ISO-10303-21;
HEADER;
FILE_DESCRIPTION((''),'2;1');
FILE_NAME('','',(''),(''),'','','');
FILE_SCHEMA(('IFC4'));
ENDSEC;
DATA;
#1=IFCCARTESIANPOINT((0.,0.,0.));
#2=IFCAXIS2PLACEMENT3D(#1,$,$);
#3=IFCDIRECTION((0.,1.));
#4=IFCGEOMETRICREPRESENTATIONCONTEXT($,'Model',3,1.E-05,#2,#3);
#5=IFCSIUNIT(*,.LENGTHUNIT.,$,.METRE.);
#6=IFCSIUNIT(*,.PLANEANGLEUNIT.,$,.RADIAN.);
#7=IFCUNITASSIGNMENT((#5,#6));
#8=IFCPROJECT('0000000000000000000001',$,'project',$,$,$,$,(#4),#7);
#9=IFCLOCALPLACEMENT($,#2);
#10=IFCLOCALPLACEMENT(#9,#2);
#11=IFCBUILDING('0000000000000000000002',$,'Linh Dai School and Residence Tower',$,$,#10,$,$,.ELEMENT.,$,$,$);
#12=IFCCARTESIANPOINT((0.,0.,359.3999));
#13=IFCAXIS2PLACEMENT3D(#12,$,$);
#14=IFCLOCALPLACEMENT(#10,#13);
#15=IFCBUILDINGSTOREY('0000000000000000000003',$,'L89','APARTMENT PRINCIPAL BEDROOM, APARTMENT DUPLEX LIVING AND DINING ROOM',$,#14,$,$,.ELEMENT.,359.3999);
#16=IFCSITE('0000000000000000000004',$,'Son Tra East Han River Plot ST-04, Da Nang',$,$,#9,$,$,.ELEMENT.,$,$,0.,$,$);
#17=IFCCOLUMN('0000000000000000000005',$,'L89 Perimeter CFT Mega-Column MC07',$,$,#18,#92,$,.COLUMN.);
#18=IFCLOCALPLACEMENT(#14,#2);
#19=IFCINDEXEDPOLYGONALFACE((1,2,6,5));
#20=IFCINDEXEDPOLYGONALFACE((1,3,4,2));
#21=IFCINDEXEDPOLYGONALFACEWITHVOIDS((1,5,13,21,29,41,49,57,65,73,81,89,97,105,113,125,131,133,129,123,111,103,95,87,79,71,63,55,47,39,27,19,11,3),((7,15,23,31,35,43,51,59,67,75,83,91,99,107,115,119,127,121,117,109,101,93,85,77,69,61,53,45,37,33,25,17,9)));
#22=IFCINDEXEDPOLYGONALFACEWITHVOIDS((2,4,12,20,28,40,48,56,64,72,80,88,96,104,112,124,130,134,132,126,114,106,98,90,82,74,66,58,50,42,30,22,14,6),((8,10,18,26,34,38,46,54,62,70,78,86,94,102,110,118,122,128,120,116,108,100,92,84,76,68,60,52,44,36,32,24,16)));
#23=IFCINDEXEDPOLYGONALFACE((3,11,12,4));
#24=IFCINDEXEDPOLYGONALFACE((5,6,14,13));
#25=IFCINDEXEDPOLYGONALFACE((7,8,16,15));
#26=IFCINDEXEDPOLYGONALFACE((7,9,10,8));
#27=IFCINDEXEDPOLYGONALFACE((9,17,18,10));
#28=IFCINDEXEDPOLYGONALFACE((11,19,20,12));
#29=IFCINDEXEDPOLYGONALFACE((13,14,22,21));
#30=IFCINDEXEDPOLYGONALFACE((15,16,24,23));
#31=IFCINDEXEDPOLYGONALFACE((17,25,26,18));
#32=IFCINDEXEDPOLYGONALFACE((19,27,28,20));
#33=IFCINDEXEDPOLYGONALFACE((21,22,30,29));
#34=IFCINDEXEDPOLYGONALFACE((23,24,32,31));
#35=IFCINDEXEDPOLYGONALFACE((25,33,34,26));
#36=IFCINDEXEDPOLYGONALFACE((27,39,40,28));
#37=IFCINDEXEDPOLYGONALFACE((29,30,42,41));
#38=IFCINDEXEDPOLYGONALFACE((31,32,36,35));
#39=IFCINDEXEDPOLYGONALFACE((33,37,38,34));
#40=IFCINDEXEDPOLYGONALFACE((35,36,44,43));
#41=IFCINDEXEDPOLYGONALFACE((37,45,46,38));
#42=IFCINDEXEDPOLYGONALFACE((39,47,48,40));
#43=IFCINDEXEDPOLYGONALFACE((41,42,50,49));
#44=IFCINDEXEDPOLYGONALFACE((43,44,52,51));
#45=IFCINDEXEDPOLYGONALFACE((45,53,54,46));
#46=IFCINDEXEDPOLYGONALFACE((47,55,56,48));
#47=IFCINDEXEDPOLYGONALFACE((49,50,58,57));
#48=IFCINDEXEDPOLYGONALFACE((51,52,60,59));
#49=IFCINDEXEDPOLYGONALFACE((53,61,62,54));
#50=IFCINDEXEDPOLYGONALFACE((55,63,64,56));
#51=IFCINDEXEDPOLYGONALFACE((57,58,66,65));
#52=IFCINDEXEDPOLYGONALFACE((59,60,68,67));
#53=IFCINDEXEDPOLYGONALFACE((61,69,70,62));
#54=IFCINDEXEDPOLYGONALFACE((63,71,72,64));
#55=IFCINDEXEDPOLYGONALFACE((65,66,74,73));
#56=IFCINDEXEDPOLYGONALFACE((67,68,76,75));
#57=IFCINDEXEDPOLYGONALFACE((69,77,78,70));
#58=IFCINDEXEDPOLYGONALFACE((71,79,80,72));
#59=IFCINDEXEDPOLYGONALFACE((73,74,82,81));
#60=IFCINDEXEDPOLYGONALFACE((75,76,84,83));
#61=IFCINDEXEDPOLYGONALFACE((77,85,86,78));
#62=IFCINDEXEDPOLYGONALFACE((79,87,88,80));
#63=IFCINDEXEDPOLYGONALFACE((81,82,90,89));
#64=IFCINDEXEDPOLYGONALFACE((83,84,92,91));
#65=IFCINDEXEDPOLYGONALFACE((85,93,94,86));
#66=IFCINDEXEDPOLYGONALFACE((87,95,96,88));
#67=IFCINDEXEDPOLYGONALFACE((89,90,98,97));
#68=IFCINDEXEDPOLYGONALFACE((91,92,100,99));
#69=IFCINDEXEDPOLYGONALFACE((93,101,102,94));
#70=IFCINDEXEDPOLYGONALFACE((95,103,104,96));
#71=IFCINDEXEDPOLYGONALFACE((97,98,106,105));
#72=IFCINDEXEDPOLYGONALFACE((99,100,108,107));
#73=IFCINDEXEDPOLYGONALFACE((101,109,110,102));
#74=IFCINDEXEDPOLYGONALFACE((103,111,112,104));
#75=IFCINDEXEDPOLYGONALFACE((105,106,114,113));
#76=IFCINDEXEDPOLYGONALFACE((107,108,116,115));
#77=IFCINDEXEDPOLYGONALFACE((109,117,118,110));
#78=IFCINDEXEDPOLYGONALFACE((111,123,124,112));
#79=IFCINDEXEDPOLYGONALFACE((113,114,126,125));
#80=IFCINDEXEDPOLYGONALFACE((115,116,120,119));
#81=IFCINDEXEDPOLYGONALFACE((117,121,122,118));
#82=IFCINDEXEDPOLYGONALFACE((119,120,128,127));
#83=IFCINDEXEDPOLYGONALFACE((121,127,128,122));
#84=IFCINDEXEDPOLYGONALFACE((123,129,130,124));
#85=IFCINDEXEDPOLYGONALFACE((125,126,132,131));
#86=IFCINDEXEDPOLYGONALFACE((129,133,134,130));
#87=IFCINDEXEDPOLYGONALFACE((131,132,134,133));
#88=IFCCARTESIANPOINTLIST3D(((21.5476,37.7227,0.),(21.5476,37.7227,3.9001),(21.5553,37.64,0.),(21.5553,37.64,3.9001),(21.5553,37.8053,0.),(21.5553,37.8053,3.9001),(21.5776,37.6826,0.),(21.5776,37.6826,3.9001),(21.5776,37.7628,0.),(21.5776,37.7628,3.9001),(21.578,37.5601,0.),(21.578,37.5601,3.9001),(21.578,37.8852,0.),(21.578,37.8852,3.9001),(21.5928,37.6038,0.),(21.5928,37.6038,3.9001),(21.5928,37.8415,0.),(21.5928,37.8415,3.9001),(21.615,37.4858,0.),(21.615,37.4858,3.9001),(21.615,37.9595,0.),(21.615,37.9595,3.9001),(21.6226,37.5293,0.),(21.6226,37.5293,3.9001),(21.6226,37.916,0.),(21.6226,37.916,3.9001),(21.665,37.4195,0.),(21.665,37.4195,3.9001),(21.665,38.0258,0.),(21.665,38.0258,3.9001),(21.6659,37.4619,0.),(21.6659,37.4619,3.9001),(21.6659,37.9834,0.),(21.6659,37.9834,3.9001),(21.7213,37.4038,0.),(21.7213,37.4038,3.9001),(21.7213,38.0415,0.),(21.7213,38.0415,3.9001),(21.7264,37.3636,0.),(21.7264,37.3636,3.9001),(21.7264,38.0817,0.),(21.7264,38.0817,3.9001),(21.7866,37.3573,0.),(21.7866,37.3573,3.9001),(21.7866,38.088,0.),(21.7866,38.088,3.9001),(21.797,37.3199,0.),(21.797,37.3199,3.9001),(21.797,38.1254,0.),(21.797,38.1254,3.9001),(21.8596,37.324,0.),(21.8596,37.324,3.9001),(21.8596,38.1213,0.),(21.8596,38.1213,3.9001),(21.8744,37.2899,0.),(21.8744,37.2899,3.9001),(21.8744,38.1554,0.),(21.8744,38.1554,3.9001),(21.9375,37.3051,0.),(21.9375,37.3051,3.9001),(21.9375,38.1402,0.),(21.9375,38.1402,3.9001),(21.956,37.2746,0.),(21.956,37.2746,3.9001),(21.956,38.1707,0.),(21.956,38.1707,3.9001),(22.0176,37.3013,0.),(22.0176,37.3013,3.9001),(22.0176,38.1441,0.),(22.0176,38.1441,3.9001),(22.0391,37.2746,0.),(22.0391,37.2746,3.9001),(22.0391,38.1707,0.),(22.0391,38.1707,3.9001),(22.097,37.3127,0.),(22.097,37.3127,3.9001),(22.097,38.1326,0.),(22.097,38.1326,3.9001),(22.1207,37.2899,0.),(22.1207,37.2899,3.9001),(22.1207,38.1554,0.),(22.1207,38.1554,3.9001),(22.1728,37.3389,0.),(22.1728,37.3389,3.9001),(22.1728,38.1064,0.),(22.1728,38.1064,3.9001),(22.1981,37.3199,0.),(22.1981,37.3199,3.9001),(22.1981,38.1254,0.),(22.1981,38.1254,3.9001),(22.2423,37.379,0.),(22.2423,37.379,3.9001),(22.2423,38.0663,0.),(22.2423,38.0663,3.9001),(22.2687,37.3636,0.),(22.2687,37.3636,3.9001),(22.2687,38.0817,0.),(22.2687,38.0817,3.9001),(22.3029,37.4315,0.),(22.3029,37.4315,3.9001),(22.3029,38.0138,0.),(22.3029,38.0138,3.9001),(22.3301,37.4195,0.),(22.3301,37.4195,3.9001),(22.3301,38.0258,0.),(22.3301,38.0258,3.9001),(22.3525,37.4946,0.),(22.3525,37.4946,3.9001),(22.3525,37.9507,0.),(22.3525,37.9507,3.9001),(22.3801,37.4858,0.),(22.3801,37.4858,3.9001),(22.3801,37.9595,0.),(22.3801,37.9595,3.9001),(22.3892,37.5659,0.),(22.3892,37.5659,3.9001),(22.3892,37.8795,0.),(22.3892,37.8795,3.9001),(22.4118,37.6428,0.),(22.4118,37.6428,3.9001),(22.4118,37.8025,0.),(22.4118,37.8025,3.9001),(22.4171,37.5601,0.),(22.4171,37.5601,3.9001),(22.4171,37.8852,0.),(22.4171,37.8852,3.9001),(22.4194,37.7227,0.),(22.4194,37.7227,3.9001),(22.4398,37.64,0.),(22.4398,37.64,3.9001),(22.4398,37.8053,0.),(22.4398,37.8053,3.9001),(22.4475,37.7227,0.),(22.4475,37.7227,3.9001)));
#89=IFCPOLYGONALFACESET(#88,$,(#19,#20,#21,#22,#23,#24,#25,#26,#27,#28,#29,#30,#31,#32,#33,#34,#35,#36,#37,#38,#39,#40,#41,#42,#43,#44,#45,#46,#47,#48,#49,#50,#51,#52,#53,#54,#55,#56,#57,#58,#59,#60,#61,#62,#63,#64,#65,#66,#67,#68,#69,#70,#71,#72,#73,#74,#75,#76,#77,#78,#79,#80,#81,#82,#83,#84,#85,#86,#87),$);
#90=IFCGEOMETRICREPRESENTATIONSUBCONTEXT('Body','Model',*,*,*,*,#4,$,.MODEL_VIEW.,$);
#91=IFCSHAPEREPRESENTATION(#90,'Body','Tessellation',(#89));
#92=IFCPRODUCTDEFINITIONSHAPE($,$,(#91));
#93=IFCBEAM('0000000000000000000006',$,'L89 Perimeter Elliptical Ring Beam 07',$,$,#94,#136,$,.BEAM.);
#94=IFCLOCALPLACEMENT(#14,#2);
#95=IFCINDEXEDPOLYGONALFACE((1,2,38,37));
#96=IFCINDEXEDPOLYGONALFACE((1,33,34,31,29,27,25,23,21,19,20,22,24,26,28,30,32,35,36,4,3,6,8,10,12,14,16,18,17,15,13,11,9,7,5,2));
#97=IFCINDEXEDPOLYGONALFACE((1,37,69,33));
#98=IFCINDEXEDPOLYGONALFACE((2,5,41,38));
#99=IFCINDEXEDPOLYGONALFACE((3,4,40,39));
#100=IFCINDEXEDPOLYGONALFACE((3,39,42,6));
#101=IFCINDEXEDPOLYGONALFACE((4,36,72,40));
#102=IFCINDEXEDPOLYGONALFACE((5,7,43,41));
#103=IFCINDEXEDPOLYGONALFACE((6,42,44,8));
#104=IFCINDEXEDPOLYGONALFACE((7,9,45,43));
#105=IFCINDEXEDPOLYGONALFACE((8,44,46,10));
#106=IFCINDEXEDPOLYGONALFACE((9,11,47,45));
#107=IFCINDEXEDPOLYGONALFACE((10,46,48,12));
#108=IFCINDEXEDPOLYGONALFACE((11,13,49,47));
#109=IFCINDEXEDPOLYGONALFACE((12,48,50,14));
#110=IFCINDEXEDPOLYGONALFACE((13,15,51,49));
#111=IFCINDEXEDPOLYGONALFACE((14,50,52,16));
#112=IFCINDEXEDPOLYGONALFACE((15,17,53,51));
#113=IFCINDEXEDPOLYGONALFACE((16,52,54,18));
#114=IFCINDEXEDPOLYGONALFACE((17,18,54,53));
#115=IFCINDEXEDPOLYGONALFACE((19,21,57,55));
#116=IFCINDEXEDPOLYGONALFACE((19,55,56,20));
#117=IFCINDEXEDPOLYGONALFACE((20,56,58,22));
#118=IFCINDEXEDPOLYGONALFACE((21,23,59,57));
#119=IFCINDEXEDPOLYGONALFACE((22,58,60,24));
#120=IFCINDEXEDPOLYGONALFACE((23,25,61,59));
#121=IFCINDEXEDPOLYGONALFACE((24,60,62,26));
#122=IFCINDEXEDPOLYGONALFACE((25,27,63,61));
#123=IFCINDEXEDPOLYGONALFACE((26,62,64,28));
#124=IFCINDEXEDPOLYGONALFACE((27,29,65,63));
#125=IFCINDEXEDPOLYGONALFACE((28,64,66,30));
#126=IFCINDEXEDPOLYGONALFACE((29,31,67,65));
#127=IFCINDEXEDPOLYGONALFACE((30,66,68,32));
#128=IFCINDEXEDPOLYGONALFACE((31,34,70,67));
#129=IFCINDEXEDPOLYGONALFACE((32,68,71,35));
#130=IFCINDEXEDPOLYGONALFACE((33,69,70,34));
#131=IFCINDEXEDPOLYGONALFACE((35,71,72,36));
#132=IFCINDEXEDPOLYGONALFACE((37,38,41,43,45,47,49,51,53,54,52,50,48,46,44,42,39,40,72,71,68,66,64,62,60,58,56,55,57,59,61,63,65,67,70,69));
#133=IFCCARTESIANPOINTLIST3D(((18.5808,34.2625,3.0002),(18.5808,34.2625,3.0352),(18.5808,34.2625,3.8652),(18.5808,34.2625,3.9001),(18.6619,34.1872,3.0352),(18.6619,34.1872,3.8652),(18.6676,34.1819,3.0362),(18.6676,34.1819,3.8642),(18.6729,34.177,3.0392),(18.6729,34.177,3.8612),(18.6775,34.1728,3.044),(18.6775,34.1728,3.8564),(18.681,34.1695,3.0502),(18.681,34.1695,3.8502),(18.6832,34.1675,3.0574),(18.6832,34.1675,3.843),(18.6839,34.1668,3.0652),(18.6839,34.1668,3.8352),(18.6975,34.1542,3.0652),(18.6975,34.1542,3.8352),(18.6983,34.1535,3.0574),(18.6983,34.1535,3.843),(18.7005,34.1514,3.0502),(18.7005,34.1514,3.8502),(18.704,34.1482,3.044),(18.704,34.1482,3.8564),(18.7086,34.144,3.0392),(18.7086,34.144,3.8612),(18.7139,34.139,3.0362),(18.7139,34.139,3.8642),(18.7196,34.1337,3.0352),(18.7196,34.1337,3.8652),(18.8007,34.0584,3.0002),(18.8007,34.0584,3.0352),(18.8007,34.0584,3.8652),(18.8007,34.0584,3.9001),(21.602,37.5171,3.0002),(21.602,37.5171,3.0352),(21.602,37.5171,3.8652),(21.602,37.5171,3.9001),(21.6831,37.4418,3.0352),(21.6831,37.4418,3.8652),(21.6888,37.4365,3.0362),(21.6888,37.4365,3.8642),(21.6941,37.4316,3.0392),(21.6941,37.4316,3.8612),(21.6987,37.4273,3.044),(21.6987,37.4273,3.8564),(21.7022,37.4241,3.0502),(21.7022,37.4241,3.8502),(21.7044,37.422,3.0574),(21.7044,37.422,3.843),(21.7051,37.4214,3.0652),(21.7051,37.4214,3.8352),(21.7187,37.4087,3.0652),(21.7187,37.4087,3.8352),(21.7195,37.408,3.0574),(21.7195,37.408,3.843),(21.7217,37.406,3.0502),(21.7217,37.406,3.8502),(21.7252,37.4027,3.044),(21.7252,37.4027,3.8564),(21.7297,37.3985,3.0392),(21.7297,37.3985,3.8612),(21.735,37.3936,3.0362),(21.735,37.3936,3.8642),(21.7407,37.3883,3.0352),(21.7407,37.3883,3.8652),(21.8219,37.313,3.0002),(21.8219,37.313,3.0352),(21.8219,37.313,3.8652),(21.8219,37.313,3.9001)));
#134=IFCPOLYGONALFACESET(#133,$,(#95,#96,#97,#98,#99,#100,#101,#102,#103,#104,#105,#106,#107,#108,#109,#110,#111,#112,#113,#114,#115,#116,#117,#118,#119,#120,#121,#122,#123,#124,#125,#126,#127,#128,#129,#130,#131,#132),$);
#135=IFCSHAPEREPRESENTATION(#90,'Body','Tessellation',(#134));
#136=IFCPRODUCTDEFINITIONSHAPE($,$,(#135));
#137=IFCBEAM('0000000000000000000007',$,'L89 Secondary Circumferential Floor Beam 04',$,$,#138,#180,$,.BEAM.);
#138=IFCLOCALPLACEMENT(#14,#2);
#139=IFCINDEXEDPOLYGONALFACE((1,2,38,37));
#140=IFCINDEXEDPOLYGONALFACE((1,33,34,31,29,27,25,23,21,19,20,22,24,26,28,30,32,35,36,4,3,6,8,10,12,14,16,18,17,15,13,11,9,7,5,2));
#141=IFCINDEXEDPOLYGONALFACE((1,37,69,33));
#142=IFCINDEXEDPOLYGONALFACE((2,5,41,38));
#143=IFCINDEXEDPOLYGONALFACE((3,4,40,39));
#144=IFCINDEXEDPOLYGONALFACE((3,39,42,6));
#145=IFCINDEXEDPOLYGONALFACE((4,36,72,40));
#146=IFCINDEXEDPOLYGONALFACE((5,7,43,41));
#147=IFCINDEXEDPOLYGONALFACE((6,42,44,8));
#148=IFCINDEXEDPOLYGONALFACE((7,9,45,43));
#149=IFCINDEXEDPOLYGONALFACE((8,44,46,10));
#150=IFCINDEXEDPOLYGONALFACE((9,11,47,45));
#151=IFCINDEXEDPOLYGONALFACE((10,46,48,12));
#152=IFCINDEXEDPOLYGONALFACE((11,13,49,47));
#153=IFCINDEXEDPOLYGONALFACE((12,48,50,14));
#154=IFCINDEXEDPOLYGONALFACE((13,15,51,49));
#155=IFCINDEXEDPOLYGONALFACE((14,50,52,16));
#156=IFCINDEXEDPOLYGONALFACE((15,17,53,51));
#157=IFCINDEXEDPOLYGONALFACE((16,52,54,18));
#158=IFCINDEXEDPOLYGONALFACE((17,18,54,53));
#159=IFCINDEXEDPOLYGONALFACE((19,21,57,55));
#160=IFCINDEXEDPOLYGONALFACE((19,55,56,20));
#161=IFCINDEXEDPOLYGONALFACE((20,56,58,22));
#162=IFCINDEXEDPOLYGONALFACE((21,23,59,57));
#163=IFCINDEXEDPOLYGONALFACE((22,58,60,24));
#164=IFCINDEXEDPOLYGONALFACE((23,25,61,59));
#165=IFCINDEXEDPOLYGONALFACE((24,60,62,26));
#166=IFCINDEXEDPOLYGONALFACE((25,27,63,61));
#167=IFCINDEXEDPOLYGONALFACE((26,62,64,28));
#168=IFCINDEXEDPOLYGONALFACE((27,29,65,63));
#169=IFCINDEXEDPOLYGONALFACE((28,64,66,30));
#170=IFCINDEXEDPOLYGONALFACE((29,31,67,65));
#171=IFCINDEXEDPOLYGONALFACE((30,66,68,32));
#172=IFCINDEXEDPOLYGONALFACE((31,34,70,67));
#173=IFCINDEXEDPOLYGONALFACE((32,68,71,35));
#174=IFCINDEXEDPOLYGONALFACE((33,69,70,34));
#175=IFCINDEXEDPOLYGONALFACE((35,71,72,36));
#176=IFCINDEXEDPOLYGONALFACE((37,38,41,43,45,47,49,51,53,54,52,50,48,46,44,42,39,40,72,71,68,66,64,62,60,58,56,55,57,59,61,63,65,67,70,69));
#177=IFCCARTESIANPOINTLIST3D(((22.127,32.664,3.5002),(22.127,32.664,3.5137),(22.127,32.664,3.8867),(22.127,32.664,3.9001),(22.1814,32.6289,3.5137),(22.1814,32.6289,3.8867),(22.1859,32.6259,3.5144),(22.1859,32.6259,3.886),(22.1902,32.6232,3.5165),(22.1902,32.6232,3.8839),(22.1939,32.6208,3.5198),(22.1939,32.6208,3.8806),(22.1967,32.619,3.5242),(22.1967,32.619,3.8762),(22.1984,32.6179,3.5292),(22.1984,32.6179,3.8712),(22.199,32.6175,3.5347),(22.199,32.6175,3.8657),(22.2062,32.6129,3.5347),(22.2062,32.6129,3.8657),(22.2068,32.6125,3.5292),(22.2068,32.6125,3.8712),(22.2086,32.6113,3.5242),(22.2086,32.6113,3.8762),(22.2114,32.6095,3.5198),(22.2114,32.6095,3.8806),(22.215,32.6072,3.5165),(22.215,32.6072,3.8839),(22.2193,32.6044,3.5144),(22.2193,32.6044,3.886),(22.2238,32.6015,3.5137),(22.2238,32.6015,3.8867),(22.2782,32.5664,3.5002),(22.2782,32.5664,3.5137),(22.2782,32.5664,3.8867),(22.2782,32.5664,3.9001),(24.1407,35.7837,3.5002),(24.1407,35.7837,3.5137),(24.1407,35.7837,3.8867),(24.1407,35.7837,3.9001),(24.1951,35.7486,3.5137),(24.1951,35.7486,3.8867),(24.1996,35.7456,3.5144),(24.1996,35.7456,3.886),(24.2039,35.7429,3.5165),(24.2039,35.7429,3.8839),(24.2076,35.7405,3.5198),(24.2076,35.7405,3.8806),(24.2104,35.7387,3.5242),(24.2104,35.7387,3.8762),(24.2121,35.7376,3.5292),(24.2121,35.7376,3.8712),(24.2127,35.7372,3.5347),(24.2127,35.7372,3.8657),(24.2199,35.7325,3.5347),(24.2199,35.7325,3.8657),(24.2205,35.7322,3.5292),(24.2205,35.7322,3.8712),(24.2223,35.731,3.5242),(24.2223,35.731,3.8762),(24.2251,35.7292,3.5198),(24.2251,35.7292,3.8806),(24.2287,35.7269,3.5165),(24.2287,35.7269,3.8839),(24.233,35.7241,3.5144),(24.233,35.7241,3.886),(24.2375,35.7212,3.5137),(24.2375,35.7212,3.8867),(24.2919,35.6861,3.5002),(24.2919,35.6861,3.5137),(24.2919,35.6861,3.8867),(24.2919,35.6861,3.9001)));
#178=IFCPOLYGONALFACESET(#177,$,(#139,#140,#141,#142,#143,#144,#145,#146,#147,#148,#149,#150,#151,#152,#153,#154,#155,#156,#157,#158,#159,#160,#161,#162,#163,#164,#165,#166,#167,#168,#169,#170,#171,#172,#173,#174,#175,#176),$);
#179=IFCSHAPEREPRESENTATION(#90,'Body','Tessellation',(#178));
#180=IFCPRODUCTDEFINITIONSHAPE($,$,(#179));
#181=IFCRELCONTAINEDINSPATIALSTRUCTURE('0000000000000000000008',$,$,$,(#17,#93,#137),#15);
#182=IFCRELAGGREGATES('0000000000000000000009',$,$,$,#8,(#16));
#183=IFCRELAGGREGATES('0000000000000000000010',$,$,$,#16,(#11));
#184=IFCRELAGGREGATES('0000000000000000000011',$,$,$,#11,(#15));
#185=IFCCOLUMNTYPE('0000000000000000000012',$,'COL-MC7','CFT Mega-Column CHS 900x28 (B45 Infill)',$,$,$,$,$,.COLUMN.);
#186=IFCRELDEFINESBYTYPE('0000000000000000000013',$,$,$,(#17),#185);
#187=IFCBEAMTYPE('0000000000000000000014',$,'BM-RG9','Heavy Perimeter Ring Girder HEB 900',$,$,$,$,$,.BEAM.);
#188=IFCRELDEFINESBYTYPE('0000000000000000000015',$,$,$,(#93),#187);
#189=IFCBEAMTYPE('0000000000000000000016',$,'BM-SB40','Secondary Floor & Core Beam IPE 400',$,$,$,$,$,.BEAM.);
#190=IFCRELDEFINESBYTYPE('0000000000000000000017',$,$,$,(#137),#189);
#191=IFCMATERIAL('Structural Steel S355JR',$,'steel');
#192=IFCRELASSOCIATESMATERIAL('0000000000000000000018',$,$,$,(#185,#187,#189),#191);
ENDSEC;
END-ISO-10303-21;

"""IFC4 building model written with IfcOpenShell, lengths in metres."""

from ifc_helpers import new_model, si_unit, direction, frame, origin, origin_2d, place, context, subcontext, project, spatial, hollow_circle, i_section, extrude, material, material_profile, profile_set, type_object, element, save


model = new_model("IFC4")

# Units and contexts
model_context = context("Model", 3, precision=1e-05, world=origin(), true_north=direction((0.0, 1.0)))
body_context = subcontext(model_context, "Body", "Model", "MODEL_VIEW")
ifc_project = project(units=[si_unit("LENGTHUNIT", "METRE"), si_unit("PLANEANGLEUNIT", "RADIAN")], contexts=[model_context])

# Site, building, storey
site_placement = place(None, origin())
site = spatial("IfcSite", under=ifc_project, at=site_placement, Name="Son Tra East Han River Plot ST-04, Da Nang", CompositionType="ELEMENT", RefElevation=0.0)
building_placement = place(site_placement, origin())
building = spatial("IfcBuilding", under=site, at=building_placement, Name="Linh Dai School and Residence Tower", CompositionType="ELEMENT")
storey_placement = place(building_placement, frame((0.0, 0.0, 359.3999)))
storey = spatial("IfcBuildingStorey", under=building, at=storey_placement, Name="L89", Description="APARTMENT PRINCIPAL BEDROOM, APARTMENT DUPLEX LIVING AND DINING ROOM", CompositionType="ELEMENT", Elevation=359.3999)

# Column
ifc_material_1 = material(Name="Structural Steel S355JR", Category="steel")
ifc_material_profile_1 = material_profile(ifc_material_1, hollow_circle(Radius=0.45, WallThickness=0.0281, at=origin_2d()), Name="CHS 900x28")
ifc_profile_set_1 = profile_set([ifc_material_profile_1], Name="Structural Steel S355JR")
column_type = type_object("IfcColumnType", Name="COL-MC7", Description="CFT Mega-Column CHS 900x28 (B45 Infill)", PredefinedType="COLUMN", material=ifc_profile_set_1)
column_placement = place(storey_placement, frame((21.9976, 37.7227, 0.0), z_axis=(0.0, 0.0, 1.0), x_axis=(1.0, 0.0, 0.0)))
element("IfcColumn", 1, at=column_placement, inside=storey, type_object=column_type, Name="L89 Perimeter CFT Mega-Column MC07", PredefinedType="COLUMN", context=body_context, shape_type="SweptSolid", body=[
    extrude(hollow_circle(Radius=0.45, WallThickness=0.0281, at=origin_2d()), origin(), (0.0, 0.0, 1.0), 3.9001),
])

# Beams
ifc_material_profile_2 = material_profile(ifc_material_1, i_section(OverallWidth=0.3, OverallDepth=0.8999, WebThickness=0.0186, FlangeThickness=0.0349, FilletRadius=0.03, at=origin_2d()), Name="HEB 900")
ifc_profile_set_2 = profile_set([ifc_material_profile_2], Name="Structural Steel S355JR")
beam_type_1 = type_object("IfcBeamType", Name="BM-RG9", Description="Heavy Perimeter Ring Girder HEB 900", PredefinedType="BEAM", material=ifc_profile_set_2)
beam_1_placement = place(storey_placement, frame((21.7119, 37.415, 3.4502), z_axis=(-0.680339, -0.732897, 0.0), x_axis=(0.732897, -0.680339, 0.0)))
element("IfcBeam", 2, at=beam_1_placement, inside=storey, type_object=beam_type_1, Name="L89 Perimeter Elliptical Ring Beam 07", PredefinedType="BEAM", context=body_context, shape_type="SweptSolid", body=[
    extrude(i_section(OverallWidth=0.3, OverallDepth=0.8999, WebThickness=0.0186, FlangeThickness=0.0349, FilletRadius=0.03, at=origin_2d()), origin(), (0.0, 0.0, 1.0), 4.4407),
])
ifc_material_profile_3 = material_profile(ifc_material_1, i_section(OverallWidth=0.1799, OverallDepth=0.3999, WebThickness=0.0085, FlangeThickness=0.0134, FilletRadius=0.021, at=origin_2d()), Name="IPE 400")
ifc_profile_set_3 = profile_set([ifc_material_profile_3], Name="Structural Steel S355JR")
beam_type_2 = type_object("IfcBeamType", Name="BM-SB40", Description="Secondary Floor & Core Beam IPE 400", PredefinedType="BEAM", material=ifc_profile_set_3)
beam_2_placement = place(storey_placement, frame((24.2163, 35.7349, 3.7002), z_axis=(-0.542319, -0.840173, 0.0), x_axis=(0.840173, -0.542319, 0.0)))
element("IfcBeam", 3, at=beam_2_placement, inside=storey, type_object=beam_type_2, Name="L89 Secondary Circumferential Floor Beam 04", PredefinedType="BEAM", context=body_context, shape_type="SweptSolid", body=[
    extrude(i_section(OverallWidth=0.1799, OverallDepth=0.3999, WebThickness=0.0085, FlangeThickness=0.0134, FilletRadius=0.021, at=origin_2d()), origin(), (0.0, 0.0, 1.0), 3.7131),
])

save(model, "model.ifc")
